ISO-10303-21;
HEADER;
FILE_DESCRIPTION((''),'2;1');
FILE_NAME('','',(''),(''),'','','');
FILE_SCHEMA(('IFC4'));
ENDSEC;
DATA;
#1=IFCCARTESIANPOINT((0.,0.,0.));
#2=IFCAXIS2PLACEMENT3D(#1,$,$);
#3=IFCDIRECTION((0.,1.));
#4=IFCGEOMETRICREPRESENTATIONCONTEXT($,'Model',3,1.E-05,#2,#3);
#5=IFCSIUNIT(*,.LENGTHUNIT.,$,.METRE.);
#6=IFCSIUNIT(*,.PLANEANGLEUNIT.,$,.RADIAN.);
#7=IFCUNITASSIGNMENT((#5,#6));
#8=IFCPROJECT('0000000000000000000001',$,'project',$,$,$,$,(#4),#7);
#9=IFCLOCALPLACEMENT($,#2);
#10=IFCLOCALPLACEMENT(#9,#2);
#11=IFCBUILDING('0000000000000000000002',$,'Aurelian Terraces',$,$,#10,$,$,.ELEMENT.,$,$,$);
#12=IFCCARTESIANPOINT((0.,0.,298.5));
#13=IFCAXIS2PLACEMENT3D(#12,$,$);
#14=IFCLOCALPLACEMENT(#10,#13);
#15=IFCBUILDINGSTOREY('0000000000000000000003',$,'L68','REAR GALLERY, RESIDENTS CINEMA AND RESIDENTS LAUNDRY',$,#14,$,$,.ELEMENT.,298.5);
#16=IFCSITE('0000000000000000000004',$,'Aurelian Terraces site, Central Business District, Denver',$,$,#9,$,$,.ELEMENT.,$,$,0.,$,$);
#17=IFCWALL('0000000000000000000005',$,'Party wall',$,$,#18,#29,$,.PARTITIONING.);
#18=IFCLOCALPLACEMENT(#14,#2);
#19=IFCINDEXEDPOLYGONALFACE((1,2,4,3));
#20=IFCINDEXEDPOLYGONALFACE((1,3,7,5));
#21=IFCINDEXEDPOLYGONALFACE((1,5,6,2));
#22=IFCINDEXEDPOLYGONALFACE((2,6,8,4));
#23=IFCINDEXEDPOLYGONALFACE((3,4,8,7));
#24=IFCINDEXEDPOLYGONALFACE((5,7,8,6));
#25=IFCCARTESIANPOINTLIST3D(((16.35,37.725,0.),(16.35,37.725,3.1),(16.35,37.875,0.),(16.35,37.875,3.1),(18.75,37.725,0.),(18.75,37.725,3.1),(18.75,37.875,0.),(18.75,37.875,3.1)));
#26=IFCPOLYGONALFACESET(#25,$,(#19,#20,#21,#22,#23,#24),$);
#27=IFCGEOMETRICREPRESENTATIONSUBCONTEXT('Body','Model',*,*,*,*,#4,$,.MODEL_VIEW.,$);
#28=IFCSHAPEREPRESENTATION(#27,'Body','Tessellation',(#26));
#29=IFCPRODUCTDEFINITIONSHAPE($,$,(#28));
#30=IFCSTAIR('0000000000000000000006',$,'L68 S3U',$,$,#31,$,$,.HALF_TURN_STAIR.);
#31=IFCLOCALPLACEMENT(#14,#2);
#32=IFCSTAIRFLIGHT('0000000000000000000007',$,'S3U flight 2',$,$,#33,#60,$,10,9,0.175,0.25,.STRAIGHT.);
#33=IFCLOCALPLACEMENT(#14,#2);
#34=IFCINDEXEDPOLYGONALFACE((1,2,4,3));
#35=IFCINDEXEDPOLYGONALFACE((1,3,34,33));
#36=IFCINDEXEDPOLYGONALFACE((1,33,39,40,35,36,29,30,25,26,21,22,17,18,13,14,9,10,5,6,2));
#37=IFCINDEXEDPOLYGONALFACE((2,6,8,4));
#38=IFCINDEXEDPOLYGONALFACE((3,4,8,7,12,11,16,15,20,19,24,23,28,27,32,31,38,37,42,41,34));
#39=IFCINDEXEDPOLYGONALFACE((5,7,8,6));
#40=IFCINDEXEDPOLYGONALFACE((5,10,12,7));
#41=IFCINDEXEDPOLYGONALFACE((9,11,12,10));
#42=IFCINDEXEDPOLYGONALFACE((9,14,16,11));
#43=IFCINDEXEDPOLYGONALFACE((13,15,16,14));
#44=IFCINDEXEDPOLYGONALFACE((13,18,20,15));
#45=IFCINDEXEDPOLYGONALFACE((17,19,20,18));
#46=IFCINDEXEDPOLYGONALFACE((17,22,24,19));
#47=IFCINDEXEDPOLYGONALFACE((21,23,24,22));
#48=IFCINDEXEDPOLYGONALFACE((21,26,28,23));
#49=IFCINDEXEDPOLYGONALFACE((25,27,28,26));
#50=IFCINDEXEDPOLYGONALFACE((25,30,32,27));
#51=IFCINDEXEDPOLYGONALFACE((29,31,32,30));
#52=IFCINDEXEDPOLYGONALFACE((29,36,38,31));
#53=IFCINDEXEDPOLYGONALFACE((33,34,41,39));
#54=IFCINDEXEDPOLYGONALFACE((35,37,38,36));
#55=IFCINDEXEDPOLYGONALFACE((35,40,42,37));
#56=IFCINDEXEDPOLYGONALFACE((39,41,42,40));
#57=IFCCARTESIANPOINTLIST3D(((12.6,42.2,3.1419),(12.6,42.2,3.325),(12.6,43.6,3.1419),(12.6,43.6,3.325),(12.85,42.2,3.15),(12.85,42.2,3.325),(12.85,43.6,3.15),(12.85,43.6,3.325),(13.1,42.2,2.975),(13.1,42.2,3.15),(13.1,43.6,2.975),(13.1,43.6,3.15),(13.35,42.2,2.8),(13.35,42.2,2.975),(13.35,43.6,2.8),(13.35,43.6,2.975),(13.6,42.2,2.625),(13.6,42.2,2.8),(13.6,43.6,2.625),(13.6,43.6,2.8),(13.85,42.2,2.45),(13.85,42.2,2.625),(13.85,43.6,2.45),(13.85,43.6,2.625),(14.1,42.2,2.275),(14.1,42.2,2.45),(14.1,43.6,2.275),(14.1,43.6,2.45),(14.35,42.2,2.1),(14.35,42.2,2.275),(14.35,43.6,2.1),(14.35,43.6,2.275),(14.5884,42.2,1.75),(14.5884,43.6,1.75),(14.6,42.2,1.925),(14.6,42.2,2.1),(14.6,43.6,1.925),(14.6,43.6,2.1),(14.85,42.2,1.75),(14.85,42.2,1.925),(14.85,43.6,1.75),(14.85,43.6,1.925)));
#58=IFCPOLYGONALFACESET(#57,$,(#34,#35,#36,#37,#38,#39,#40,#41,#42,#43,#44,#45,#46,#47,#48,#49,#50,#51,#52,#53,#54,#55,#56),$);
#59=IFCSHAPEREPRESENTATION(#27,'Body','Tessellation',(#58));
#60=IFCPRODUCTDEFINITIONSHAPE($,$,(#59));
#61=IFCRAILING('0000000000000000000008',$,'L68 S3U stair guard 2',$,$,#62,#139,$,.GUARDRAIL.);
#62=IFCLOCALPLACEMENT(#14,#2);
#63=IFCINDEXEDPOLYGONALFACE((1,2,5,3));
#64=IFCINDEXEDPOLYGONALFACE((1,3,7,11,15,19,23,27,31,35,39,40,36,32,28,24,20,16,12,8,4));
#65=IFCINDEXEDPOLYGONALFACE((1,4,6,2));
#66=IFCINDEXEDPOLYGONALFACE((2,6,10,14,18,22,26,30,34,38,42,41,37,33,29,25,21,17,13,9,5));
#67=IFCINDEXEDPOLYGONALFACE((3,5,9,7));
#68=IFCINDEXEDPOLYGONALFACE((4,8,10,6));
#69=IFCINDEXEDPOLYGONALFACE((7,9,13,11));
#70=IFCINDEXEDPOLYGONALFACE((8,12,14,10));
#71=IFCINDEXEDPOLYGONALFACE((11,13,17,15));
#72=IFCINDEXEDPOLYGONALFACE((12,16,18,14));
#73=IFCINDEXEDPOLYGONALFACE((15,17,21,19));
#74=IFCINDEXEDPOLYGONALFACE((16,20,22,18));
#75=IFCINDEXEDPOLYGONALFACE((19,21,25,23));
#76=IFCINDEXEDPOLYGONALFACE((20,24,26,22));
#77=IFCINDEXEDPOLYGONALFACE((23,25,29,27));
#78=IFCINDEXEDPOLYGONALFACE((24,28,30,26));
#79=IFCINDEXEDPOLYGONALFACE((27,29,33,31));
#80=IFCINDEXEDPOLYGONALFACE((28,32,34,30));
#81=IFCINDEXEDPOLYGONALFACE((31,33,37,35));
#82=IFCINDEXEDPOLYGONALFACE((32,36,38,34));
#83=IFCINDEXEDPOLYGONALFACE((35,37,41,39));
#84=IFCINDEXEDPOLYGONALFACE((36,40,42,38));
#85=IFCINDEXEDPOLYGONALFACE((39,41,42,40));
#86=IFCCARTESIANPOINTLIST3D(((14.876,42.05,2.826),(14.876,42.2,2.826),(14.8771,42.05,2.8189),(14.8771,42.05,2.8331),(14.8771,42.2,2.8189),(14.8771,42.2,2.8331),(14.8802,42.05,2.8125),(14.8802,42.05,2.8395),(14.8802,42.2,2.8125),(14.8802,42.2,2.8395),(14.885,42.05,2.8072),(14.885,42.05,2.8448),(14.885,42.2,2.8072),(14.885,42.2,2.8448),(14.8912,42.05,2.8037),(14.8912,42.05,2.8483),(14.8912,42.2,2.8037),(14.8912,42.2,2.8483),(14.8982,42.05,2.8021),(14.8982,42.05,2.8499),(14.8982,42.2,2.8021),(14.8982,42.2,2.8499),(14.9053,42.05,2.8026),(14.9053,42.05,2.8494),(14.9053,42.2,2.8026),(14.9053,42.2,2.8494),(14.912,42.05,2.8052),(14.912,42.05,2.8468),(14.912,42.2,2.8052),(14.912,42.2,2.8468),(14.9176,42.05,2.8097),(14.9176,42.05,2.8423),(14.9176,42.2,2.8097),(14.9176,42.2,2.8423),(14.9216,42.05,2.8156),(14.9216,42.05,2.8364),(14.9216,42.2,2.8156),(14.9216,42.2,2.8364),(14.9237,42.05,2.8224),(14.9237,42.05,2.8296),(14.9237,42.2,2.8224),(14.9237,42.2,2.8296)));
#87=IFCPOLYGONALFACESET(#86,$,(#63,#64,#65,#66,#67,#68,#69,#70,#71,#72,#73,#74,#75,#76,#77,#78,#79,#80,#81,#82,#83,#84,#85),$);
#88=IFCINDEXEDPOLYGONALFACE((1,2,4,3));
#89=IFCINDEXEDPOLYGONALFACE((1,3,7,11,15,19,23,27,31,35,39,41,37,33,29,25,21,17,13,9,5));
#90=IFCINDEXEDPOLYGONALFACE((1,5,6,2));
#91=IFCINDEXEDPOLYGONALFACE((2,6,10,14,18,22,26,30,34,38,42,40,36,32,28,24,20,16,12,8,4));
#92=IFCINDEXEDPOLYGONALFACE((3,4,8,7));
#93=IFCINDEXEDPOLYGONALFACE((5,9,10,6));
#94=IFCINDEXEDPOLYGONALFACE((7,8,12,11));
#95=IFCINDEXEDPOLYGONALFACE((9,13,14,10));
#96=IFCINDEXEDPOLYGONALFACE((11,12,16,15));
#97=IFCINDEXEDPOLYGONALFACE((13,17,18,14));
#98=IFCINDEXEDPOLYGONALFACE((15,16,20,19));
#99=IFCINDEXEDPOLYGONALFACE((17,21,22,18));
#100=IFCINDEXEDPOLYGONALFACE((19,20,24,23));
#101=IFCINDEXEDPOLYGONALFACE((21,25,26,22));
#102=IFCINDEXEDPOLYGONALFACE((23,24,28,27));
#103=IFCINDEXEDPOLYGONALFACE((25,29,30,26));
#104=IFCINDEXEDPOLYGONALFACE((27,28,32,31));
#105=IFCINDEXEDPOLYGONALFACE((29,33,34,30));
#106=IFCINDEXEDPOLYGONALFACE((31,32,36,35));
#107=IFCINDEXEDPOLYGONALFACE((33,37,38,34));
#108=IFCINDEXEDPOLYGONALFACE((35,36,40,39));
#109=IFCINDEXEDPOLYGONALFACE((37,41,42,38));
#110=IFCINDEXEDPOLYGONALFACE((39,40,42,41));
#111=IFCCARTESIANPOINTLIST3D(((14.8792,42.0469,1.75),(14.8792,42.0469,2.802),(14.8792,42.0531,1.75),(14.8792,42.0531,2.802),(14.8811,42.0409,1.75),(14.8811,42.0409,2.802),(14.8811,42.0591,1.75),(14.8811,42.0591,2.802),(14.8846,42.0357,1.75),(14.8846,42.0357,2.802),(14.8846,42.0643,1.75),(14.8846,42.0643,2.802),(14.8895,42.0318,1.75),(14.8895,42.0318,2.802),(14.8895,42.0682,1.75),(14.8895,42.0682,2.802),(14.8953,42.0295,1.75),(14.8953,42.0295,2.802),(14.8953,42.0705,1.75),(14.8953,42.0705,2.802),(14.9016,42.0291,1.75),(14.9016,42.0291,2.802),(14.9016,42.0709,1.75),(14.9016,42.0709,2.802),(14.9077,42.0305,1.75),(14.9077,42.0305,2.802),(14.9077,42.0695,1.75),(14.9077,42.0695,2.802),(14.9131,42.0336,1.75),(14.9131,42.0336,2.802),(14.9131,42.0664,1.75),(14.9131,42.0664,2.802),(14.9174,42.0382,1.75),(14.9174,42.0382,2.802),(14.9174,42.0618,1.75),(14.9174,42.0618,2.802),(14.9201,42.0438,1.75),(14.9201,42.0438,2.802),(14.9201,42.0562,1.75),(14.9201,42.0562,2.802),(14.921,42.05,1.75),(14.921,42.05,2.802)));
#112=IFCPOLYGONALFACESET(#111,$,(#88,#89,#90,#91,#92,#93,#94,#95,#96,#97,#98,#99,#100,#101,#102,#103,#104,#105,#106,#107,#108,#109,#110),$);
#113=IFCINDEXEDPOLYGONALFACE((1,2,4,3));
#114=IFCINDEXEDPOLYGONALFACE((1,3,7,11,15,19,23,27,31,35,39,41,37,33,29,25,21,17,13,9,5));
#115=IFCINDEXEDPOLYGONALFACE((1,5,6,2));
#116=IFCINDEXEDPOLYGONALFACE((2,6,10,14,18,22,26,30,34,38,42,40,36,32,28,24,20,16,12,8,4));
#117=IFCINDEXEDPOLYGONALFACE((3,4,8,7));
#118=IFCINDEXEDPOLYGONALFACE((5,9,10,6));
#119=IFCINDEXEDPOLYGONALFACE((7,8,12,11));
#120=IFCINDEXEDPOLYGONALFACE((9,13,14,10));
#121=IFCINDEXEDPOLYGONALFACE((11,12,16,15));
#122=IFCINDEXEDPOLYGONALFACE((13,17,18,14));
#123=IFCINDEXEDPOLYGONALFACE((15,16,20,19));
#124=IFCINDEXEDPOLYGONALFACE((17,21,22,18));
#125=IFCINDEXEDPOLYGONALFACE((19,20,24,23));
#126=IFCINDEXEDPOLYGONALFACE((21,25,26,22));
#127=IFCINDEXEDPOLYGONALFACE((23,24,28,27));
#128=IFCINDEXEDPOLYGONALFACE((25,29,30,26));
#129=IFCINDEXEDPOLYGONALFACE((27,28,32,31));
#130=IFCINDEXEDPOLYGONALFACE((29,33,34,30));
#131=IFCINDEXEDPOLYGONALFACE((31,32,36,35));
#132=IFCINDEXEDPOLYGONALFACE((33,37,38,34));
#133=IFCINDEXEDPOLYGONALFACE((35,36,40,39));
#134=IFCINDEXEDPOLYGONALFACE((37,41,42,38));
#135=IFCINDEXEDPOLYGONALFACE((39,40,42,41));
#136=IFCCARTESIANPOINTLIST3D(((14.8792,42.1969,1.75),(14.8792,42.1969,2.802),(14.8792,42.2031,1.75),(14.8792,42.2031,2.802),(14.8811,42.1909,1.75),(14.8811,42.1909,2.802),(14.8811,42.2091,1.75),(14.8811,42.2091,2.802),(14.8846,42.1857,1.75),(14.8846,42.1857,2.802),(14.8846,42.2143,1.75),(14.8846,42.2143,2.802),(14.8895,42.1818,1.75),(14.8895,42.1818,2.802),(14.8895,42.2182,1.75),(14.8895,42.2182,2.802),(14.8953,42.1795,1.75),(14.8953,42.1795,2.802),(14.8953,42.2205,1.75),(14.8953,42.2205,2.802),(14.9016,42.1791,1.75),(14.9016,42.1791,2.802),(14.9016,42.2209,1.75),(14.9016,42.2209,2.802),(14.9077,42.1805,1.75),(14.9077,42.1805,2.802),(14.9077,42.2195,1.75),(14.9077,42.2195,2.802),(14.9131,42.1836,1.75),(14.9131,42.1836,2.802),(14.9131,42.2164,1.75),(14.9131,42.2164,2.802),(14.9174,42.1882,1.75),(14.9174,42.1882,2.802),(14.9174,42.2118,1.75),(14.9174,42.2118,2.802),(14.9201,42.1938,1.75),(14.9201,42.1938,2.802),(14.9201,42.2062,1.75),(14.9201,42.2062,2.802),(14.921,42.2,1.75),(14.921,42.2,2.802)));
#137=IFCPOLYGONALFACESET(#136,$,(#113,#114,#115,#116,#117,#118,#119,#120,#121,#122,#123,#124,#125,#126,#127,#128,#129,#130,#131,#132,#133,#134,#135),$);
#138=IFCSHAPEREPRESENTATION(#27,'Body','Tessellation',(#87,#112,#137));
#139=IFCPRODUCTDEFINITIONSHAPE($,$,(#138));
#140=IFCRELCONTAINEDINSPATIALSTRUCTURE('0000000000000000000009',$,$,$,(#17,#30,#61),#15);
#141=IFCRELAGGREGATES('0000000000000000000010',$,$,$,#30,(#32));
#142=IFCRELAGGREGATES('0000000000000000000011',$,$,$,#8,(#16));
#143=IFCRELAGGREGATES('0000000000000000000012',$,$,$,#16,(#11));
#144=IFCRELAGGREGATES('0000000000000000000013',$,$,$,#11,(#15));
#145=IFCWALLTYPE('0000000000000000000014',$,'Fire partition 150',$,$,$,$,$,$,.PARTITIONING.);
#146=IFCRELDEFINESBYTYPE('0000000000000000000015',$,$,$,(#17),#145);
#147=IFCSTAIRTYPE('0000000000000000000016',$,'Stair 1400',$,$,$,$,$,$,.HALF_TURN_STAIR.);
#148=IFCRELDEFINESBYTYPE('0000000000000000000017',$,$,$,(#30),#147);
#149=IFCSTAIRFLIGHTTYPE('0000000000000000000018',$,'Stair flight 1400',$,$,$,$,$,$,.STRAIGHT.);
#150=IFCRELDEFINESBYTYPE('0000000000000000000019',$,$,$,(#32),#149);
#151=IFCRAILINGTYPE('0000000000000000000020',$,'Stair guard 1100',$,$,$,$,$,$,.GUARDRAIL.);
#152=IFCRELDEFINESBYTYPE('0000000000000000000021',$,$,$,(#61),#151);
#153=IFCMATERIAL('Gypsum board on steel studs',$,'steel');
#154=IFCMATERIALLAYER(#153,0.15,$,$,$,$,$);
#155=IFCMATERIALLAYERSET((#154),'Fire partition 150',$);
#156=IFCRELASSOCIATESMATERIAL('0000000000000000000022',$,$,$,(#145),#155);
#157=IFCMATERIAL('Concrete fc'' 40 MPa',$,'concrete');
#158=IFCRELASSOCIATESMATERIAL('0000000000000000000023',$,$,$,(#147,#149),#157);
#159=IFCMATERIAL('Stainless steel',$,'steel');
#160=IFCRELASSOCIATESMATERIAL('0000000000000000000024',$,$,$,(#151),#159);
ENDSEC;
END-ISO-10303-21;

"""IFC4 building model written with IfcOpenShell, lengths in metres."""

from ifc_helpers import new_model, si_unit, direction, frame, frame_2d, origin, origin_2d, place, context, subcontext, project, spatial, polyline, rectangle, circle, outline, extrude, source, transform, mapped, material, layer, layer_set, type_object, element, aggregate, save


model = new_model("IFC4")

# Units and contexts
model_context = context("Model", 3, precision=1e-05, world=origin(), true_north=direction((0.0, 1.0)))
body_context = subcontext(model_context, "Body", "Model", "MODEL_VIEW")
ifc_project = project(units=[si_unit("LENGTHUNIT", "METRE"), si_unit("PLANEANGLEUNIT", "RADIAN")], contexts=[model_context])

# Site, building, storey
site_placement = place(None, origin())
site = spatial("IfcSite", under=ifc_project, at=site_placement, Name="Aurelian Terraces site, Central Business District, Denver", CompositionType="ELEMENT", RefElevation=0.0)
building_placement = place(site_placement, origin())
building = spatial("IfcBuilding", under=site, at=building_placement, Name="Aurelian Terraces", CompositionType="ELEMENT")
storey_placement = place(building_placement, frame((0.0, 0.0, 298.5)))
storey = spatial("IfcBuildingStorey", under=building, at=storey_placement, Name="L68", Description="REAR GALLERY, RESIDENTS CINEMA AND RESIDENTS LAUNDRY", CompositionType="ELEMENT", Elevation=298.5)

# Shared definitions
ifc_material_1 = material(Name="Concrete fc' 40 MPa", Category="concrete")

# Shared definitions
ifc_material_2 = material(Name="Gypsum board on steel studs", Category="steel")

# Wall
ifc_layer_1 = layer(ifc_material_2, 0.15)
ifc_layer_set_1 = layer_set([ifc_layer_1], Name="Fire partition 150")
wall_type_1 = type_object("IfcWallType", Name="Fire partition 150", PredefinedType="PARTITIONING", material=ifc_layer_set_1)
shared_shape_1 = source(origin(), body_context, "Body", "SweptSolid", [
    extrude(rectangle(XDim=2.4, YDim=0.15, at=frame_2d((1.2, 0.0))), origin(), (0.0, 0.0, 1.0), 3.1),
])
wall_1_placement = place(storey_placement, frame((18.75, 37.8, 0.0), z_axis=(0.0, 0.0, 1.0), x_axis=(-1.0, 0.0, 0.0)))
element("IfcWall", 1, at=wall_1_placement, inside=storey, type_object=wall_type_1, Name="Party wall", PredefinedType="PARTITIONING", context=body_context, shape_type="MappedRepresentation", body=[
    mapped(shared_shape_1, transform((0.0, 0.0, 0.0), scale=1.0)),
])

# Stair, stair flight
stair_type = type_object("IfcStairType", Name="Stair 1400", PredefinedType="HALF_TURN_STAIR", material=ifc_material_1)
stair_placement = place(storey_placement, origin())
stair = element("IfcStair", 2, at=stair_placement, inside=storey, type_object=stair_type, Name="L68 S3U", PredefinedType="HALF_TURN_STAIR")
stair_flight_type = type_object("IfcStairFlightType", Name="Stair flight 1400", PredefinedType="STRAIGHT", material=ifc_material_1)
shared_shape_2 = source(origin(), body_context, "Body", "SweptSolid", [
    extrude(outline(polyline([(0.0, 0.0), (0.0, 0.175), (0.25, 0.175), (0.25, 0.35), (0.5, 0.35), (0.5, 0.525), (0.75, 0.525), (0.75, 0.7), (1.0, 0.7), (1.0, 0.875), (1.25, 0.875), (1.25, 1.05), (1.5, 1.05), (1.5, 1.225), (1.75, 1.225), (1.75, 1.4), (2.0, 1.4), (2.0, 1.575), (2.25, 1.575), (2.25, 1.75), (2.25, 1.3919), (0.2616, 0.0), (0.0, 0.0)])), frame((0.0, 0.7, 0.0), z_axis=(0.0, -1.0, 0.0), x_axis=(1.0, 0.0, 0.0)), (0.0, 0.0, 1.0), 1.4),
])
stair_flight_placement = place(storey_placement, frame((14.85, 42.9, 1.75), z_axis=(0.0, 0.0, 1.0), x_axis=(-1.0, 0.0, 0.0)))
stair_flight = element("IfcStairFlight", 3, at=stair_flight_placement, type_object=stair_flight_type, Name="S3U flight 2", NumberOfRisers=10, NumberOfTreads=9, PredefinedType="STRAIGHT", RiserHeight=0.175, TreadLength=0.25, context=body_context, shape_type="MappedRepresentation", body=[
    mapped(shared_shape_2, transform((0.0, 0.0, 0.0), scale=1.0)),
])
aggregate(stair, [stair_flight])

# Railing
ifc_material_3 = material(Name="Stainless steel", Category="steel")
railing_type_1 = type_object("IfcRailingType", Name="Stair guard 1100", PredefinedType="GUARDRAIL", material=ifc_material_3)
shared_shape_3 = source(origin(), body_context, "Body", "SweptSolid", [
    extrude(circle(Radius=0.024, at=origin_2d()), frame((0.0, 0.0, 1.076), z_axis=(0.0, 1.0, 0.0), x_axis=(-1.0, 0.0, 0.0)), (0.0, 0.0, 1.0), 0.15),
    extrude(circle(Radius=0.021, at=origin_2d()), origin(), (0.0, 0.0, 1.0), 1.052),
    extrude(circle(Radius=0.021, at=origin_2d()), frame((0.0, 0.15, 0.0)), (0.0, 0.0, 1.0), 1.052),
])
railing_1_placement = place(storey_placement, frame((14.9, 42.05, 1.75)))
element("IfcRailing", 4, at=railing_1_placement, inside=storey, type_object=railing_type_1, Name="L68 S3U stair guard 2", PredefinedType="GUARDRAIL", context=body_context, shape_type="MappedRepresentation", body=[
    mapped(shared_shape_3, transform((0.0, 0.0, 0.0), scale=1.0)),
])

save(model, "model.ifc")
